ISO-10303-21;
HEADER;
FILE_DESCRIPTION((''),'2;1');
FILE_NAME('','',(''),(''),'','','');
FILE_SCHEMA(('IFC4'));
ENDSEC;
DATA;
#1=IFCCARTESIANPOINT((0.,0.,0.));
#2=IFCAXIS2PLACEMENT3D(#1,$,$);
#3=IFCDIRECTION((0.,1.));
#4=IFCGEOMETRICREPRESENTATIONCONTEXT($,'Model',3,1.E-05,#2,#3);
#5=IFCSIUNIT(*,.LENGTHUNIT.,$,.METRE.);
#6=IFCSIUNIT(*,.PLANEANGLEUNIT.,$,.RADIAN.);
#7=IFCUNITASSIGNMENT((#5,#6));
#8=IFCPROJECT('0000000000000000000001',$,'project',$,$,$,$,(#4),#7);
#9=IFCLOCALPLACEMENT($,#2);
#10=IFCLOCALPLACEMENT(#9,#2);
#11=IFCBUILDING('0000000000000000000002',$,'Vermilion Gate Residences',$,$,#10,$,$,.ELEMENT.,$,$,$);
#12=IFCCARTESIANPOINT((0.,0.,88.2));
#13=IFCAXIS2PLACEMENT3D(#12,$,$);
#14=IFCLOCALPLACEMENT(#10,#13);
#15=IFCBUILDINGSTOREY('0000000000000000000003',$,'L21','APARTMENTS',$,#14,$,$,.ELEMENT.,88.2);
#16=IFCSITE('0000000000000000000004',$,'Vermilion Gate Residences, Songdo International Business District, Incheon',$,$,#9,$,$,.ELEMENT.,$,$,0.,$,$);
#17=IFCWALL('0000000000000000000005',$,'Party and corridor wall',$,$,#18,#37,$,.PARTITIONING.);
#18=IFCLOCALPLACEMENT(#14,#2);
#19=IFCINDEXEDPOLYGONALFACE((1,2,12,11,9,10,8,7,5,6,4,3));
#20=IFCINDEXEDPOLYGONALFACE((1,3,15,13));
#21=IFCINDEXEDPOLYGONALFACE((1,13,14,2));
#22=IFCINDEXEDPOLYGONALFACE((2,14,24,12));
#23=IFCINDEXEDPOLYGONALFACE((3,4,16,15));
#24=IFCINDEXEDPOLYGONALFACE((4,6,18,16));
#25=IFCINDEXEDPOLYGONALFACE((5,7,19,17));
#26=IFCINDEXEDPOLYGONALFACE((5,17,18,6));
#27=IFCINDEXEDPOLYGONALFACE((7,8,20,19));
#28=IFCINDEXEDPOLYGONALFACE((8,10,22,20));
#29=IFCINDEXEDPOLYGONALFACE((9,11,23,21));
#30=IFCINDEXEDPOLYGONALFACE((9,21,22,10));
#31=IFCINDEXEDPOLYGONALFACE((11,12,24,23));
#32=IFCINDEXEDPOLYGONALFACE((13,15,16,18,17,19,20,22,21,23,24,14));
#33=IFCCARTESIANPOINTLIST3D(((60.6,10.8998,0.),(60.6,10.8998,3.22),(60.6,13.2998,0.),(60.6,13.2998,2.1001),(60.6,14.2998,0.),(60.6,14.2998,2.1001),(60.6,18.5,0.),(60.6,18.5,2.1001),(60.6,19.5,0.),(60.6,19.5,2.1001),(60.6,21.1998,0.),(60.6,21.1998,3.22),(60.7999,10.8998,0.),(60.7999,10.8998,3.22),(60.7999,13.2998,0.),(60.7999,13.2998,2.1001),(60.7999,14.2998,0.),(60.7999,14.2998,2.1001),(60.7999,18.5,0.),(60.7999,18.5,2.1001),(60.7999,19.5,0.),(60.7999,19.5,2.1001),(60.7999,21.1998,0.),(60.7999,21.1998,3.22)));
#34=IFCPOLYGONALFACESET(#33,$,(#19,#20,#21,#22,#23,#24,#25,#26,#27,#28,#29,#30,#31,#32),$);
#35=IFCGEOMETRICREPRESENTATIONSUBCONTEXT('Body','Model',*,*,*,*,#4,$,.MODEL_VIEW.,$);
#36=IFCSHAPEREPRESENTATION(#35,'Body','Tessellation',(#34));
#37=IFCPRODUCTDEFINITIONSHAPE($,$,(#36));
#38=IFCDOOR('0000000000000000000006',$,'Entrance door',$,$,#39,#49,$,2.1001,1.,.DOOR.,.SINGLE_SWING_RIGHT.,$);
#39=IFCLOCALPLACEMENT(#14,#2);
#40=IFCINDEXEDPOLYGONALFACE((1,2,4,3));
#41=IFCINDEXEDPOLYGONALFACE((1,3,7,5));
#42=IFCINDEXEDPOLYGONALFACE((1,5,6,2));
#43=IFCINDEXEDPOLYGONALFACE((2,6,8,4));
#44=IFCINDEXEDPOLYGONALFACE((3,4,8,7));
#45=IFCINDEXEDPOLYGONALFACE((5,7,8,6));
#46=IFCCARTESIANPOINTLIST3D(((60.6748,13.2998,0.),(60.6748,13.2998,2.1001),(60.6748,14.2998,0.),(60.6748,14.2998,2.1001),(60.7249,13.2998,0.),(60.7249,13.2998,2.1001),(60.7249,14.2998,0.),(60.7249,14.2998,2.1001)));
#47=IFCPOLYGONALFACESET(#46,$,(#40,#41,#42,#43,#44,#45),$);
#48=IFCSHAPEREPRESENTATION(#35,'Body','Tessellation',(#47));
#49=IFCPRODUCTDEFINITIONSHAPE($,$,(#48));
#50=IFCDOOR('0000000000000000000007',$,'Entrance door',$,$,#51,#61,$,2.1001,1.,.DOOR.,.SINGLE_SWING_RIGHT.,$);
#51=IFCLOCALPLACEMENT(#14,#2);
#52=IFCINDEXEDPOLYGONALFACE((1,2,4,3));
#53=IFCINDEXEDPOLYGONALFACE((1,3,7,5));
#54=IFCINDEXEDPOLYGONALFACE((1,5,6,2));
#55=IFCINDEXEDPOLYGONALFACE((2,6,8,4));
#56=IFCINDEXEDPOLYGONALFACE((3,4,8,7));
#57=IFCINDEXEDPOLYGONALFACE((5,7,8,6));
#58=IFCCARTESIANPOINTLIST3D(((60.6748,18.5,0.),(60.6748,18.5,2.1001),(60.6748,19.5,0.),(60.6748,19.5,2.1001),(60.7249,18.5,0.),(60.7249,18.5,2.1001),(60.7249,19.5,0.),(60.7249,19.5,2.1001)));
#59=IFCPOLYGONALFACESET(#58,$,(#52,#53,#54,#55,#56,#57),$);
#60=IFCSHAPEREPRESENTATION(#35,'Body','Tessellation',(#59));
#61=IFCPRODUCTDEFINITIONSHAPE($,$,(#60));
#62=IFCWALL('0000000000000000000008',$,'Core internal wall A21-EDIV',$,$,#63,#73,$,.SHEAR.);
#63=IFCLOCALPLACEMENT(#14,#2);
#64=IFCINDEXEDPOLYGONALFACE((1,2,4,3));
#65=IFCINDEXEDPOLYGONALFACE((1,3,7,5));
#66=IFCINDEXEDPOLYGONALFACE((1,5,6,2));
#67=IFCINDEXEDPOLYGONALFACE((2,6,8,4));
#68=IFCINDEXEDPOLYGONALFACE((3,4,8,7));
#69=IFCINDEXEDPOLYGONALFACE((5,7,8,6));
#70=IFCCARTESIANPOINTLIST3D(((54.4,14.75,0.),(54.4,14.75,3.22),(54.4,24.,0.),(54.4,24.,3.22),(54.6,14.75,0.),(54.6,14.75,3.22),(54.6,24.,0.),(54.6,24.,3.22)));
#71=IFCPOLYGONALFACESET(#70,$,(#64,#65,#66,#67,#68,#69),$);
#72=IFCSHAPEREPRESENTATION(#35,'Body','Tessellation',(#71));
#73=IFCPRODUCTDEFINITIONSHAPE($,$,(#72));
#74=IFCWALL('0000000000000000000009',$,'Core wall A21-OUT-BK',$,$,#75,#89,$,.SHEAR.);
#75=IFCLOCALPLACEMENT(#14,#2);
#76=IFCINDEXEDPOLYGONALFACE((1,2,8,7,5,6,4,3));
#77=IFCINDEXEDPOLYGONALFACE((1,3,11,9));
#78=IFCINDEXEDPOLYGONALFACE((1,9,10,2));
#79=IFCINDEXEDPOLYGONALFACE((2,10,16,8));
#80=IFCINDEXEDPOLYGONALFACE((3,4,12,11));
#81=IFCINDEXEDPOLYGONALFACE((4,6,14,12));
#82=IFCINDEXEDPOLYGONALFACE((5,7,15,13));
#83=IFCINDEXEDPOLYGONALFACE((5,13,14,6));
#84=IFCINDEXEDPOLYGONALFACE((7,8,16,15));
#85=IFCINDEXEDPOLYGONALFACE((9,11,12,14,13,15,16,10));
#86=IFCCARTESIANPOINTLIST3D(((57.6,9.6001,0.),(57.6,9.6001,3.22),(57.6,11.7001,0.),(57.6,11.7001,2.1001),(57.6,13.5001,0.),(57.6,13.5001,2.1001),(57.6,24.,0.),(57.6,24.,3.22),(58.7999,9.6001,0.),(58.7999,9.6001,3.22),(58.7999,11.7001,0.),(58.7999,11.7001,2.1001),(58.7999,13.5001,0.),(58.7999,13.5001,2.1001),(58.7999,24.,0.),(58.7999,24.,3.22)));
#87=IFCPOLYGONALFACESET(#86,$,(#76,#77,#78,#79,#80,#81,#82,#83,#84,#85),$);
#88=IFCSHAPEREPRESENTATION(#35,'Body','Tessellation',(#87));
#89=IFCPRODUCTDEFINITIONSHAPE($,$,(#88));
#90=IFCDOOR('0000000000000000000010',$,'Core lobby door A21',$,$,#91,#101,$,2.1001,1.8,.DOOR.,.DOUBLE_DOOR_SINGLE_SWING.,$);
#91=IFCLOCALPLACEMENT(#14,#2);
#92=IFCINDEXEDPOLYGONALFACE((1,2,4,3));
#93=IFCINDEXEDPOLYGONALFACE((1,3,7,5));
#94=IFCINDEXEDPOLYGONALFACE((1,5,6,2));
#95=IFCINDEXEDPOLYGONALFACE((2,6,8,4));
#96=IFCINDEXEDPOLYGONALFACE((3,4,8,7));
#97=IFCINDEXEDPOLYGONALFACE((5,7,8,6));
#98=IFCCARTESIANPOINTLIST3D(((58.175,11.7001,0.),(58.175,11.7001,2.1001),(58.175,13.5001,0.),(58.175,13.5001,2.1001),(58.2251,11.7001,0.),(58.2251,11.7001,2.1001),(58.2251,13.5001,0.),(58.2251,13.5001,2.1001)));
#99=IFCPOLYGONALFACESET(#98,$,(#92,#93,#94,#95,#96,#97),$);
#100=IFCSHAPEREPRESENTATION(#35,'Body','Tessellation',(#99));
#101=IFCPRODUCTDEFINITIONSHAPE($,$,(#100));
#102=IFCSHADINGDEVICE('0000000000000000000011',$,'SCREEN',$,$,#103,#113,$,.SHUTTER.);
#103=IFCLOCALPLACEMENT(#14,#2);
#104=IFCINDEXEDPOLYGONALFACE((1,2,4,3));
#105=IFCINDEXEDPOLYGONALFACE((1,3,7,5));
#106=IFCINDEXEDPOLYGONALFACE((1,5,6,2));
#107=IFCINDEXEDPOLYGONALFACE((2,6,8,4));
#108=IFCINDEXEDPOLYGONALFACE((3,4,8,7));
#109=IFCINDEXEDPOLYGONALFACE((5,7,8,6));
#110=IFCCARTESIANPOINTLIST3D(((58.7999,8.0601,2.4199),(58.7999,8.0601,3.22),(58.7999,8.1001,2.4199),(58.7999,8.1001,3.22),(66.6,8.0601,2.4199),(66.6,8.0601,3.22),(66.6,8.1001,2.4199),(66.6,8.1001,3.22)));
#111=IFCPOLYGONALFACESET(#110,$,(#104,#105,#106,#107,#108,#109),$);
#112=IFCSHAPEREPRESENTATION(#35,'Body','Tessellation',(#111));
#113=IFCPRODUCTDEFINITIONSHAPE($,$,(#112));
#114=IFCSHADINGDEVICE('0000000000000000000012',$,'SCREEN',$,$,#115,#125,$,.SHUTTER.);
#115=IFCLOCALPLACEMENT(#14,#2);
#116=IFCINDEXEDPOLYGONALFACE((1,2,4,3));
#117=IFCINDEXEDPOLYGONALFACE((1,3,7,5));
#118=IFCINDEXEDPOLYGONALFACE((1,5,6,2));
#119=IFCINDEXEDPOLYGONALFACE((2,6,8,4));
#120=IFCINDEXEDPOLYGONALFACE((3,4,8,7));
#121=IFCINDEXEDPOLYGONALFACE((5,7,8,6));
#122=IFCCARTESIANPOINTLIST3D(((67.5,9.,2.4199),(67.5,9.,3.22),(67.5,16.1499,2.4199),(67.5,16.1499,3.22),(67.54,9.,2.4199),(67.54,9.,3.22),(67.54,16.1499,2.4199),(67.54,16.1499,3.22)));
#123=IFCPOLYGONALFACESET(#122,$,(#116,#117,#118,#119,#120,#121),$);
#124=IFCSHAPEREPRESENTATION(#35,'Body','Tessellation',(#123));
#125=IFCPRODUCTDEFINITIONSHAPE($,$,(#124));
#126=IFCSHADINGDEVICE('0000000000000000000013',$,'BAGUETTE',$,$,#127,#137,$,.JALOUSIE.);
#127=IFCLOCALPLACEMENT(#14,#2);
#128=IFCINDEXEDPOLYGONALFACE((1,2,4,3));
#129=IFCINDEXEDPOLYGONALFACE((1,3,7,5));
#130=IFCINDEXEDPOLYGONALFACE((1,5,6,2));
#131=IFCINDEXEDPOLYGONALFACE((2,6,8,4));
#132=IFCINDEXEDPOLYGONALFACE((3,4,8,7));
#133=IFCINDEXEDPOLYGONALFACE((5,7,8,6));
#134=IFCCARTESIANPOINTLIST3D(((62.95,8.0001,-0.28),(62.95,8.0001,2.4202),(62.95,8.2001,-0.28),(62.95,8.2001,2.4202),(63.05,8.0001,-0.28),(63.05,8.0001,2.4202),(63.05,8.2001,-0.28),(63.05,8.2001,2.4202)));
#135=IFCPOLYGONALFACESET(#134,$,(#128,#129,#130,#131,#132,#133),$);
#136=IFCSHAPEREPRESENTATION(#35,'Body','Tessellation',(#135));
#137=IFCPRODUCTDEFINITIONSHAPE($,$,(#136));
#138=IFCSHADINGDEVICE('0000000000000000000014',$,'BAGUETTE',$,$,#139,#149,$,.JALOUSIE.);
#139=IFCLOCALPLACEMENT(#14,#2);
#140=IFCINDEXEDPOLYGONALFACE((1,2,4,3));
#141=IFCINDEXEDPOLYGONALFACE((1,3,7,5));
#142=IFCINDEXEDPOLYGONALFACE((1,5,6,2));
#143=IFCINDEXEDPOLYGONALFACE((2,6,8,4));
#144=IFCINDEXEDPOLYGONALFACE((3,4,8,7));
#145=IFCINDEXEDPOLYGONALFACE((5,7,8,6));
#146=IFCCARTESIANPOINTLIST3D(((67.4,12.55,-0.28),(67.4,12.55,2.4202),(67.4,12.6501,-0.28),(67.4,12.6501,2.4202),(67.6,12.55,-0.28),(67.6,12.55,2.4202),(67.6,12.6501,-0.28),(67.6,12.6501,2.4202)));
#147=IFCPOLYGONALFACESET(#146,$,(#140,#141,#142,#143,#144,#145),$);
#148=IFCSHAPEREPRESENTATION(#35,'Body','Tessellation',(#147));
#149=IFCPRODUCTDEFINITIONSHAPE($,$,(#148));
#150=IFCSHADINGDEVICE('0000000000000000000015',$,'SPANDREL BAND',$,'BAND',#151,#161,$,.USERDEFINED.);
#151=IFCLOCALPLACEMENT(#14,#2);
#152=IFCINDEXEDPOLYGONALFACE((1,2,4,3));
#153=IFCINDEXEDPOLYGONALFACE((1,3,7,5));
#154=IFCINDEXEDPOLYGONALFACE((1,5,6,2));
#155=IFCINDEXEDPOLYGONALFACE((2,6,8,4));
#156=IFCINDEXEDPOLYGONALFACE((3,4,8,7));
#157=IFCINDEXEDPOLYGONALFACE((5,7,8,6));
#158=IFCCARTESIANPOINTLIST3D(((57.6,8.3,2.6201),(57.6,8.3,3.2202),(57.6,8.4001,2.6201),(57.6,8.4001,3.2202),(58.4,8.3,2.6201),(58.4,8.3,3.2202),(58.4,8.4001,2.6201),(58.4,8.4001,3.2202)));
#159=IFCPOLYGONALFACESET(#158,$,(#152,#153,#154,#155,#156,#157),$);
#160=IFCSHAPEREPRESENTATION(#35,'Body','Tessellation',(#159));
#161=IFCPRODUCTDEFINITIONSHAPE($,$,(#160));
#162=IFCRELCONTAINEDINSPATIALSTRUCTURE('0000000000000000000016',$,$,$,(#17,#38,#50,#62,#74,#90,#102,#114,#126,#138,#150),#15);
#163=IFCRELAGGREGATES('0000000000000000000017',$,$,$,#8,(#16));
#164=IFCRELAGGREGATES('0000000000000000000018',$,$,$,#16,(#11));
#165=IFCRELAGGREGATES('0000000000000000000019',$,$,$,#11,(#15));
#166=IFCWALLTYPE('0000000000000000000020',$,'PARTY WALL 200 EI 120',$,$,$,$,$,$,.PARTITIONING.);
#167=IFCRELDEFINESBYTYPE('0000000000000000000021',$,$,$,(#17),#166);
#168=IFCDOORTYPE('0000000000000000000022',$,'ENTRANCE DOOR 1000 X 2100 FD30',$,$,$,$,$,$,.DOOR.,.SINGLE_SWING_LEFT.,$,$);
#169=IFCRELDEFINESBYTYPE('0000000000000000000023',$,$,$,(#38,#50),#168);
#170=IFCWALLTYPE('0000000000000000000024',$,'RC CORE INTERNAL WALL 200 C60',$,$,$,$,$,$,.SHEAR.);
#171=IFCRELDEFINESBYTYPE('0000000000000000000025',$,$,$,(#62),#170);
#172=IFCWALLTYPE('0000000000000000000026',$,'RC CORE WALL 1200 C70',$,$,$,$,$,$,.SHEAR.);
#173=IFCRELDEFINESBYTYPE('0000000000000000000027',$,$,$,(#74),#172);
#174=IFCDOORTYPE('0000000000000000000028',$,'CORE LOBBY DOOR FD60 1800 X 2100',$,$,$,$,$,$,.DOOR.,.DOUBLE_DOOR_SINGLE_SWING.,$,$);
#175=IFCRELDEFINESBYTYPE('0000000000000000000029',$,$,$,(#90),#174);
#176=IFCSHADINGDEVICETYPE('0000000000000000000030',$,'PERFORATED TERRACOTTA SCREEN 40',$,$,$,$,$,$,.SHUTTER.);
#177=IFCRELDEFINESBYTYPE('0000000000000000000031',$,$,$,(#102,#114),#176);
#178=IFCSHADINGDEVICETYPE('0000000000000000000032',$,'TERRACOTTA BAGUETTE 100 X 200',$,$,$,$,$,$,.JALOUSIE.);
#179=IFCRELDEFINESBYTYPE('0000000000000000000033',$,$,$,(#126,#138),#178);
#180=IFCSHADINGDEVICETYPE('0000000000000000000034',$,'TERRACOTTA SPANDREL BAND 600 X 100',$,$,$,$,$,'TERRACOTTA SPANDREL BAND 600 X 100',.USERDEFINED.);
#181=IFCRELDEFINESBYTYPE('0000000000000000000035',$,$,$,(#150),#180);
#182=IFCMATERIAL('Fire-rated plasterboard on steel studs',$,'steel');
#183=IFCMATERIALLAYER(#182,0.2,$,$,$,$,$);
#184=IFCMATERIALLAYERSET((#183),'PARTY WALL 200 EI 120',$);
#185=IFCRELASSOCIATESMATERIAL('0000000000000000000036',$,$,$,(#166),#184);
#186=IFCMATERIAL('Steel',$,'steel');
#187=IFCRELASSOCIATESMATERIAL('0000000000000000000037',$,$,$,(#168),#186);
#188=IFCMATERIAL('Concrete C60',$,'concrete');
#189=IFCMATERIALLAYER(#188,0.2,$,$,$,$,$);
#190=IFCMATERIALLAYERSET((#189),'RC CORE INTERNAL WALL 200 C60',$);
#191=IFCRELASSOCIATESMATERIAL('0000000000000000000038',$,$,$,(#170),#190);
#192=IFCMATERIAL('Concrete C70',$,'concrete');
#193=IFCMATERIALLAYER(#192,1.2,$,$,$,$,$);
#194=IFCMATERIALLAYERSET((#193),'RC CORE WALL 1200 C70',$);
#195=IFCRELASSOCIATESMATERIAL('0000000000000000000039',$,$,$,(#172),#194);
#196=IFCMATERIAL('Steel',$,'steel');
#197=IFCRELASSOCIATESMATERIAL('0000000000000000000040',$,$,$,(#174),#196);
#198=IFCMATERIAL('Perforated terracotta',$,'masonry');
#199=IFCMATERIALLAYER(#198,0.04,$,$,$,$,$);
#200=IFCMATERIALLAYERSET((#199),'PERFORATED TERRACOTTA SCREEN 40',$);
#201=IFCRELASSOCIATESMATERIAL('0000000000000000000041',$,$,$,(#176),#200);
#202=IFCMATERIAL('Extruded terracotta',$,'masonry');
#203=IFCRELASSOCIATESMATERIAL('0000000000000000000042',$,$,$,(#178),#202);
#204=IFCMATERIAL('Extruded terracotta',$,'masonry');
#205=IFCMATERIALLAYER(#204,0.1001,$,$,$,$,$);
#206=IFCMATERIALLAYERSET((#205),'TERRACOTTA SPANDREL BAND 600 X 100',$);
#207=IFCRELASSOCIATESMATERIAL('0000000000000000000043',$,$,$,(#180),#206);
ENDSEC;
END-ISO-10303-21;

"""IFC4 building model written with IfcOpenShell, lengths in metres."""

from ifc_helpers import new_model, si_unit, direction, frame, frame_2d, origin, origin_2d, place, context, subcontext, project, spatial, rectangle, extrude, material, layer, layer_set, material_profile, profile_set, type_object, element, fill, save


model = new_model("IFC4")

# Units and contexts
model_context = context("Model", 3, precision=1e-05, world=origin(), true_north=direction((0.0, 1.0)))
body_context = subcontext(model_context, "Body", "Model", "MODEL_VIEW")
ifc_project = project(units=[si_unit("LENGTHUNIT", "METRE"), si_unit("PLANEANGLEUNIT", "RADIAN")], contexts=[model_context])

# Site, building, storey
site_placement = place(None, origin())
site = spatial("IfcSite", under=ifc_project, at=site_placement, Name="Vermilion Gate Residences, Songdo International Business District, Incheon", CompositionType="ELEMENT", RefElevation=0.0)
building_placement = place(site_placement, origin())
building = spatial("IfcBuilding", under=site, at=building_placement, Name="Vermilion Gate Residences", CompositionType="ELEMENT")
storey_placement = place(building_placement, frame((0.0, 0.0, 88.2)))
storey = spatial("IfcBuildingStorey", under=building, at=storey_placement, Name="L21", Description="APARTMENTS", CompositionType="ELEMENT", Elevation=88.2)

# Wall, openings, doors
ifc_material_1 = material(Name="Fire-rated plasterboard on steel studs", Category="steel")
ifc_layer_1 = layer(ifc_material_1, 0.2)
ifc_layer_set_1 = layer_set([ifc_layer_1], Name="PARTY WALL 200 EI 120")
wall_type_1 = type_object("IfcWallType", Name="PARTY WALL 200 EI 120", PredefinedType="PARTITIONING", material=ifc_layer_set_1)
wall_1_placement = place(storey_placement, frame((60.7, 10.8999, 0.0), z_axis=(0.0, 0.0, 1.0), x_axis=(0.0, 1.0, 0.0)))
wall_1 = element("IfcWall", 1, at=wall_1_placement, inside=storey, type_object=wall_type_1, Name="Party and corridor wall", PredefinedType="PARTITIONING", context=body_context, shape_type="SweptSolid", body=[
    extrude(rectangle(XDim=10.3, YDim=0.2, at=frame_2d((5.1499, 0.0))), origin(), (0.0, 0.0, 1.0), 3.22),
])
opening_1_placement = place(wall_1_placement, frame((2.3999, 0.0, 0.0)))
opening_1 = element("IfcOpeningElement", 2, at=opening_1_placement, cuts=wall_1, PredefinedType="OPENING", context=body_context, shape_type="SweptSolid", body=[
    extrude(rectangle(XDim=1.0, YDim=2.1001, at=frame_2d((0.5, 1.05))), frame((0.0, 0.1099, 0.0), z_axis=(0.0, -1.0, 0.0), x_axis=(1.0, 0.0, 0.0)), (0.0, 0.0, 1.0), 0.22),
])
opening_2_placement = place(wall_1_placement, frame((7.6001, 0.0, 0.0)))
opening_2 = element("IfcOpeningElement", 3, at=opening_2_placement, cuts=wall_1, PredefinedType="OPENING", context=body_context, shape_type="SweptSolid", body=[
    extrude(rectangle(XDim=1.0, YDim=2.1001, at=frame_2d((0.5, 1.05))), frame((0.0, 0.1099, 0.0), z_axis=(0.0, -1.0, 0.0), x_axis=(1.0, 0.0, 0.0)), (0.0, 0.0, 1.0), 0.22),
])
ifc_material_2 = material(Name="Steel", Category="steel")
door_type_1 = type_object("IfcDoorType", Name="ENTRANCE DOOR 1000 X 2100 FD30", OperationType="SINGLE_SWING_LEFT", PredefinedType="DOOR", material=ifc_material_2)
door_1_placement = place(opening_1_placement, frame((1.0, 0.0, 0.0), z_axis=(0.0, 0.0, 1.0), x_axis=(-1.0, 0.0, 0.0)))
door_1 = element("IfcDoor", 4, at=door_1_placement, inside=storey, type_object=door_type_1, Name="Entrance door", OperationType="SINGLE_SWING_RIGHT", OverallHeight=2.1001, OverallWidth=1.0, PredefinedType="DOOR", context=body_context, shape_type="SweptSolid", body=[
    extrude(rectangle(XDim=1.0, YDim=2.1001, at=frame_2d((0.5, 1.05))), frame((0.0, 0.0249, 0.0), z_axis=(0.0, -1.0, 0.0), x_axis=(1.0, 0.0, 0.0)), (0.0, 0.0, 1.0), 0.05),
])
fill(opening_1, door_1)
door_2_placement = place(opening_2_placement, frame((1.0, 0.0, 0.0), z_axis=(0.0, 0.0, 1.0), x_axis=(-1.0, 0.0, 0.0)))
door_2 = element("IfcDoor", 5, at=door_2_placement, inside=storey, type_object=door_type_1, Name="Entrance door", OperationType="SINGLE_SWING_RIGHT", OverallHeight=2.1001, OverallWidth=1.0, PredefinedType="DOOR", context=body_context, shape_type="SweptSolid", body=[
    extrude(rectangle(XDim=1.0, YDim=2.1001, at=frame_2d((0.5, 1.05))), frame((0.0, 0.0249, 0.0), z_axis=(0.0, -1.0, 0.0), x_axis=(1.0, 0.0, 0.0)), (0.0, 0.0, 1.0), 0.05),
])
fill(opening_2, door_2)

# Wall
ifc_material_3 = material(Name="Concrete C60", Category="concrete")
ifc_layer_2 = layer(ifc_material_3, 0.2)
ifc_layer_set_2 = layer_set([ifc_layer_2], Name="RC CORE INTERNAL WALL 200 C60")
wall_type_2 = type_object("IfcWallType", Name="RC CORE INTERNAL WALL 200 C60", PredefinedType="SHEAR", material=ifc_layer_set_2)
wall_2_placement = place(storey_placement, frame((54.5, 14.75, 0.0), z_axis=(0.0, 0.0, 1.0), x_axis=(0.0, 1.0, 0.0)))
element("IfcWall", 6, at=wall_2_placement, inside=storey, type_object=wall_type_2, Name="Core internal wall A21-EDIV", PredefinedType="SHEAR", context=body_context, shape_type="SweptSolid", body=[
    extrude(rectangle(XDim=9.25, YDim=0.2, at=frame_2d((4.625, 0.0))), origin(), (0.0, 0.0, 1.0), 3.22),
])

# Wall, opening, door
ifc_material_4 = material(Name="Concrete C70", Category="concrete")
ifc_layer_3 = layer(ifc_material_4, 1.2)
ifc_layer_set_3 = layer_set([ifc_layer_3], Name="RC CORE WALL 1200 C70")
wall_type_3 = type_object("IfcWallType", Name="RC CORE WALL 1200 C70", PredefinedType="SHEAR", material=ifc_layer_set_3)
wall_3_placement = place(storey_placement, frame((58.2, 9.6001, 0.0), z_axis=(0.0, 0.0, 1.0), x_axis=(0.0, 1.0, 0.0)))
wall_3 = element("IfcWall", 7, at=wall_3_placement, inside=storey, type_object=wall_type_3, Name="Core wall A21-OUT-BK", PredefinedType="SHEAR", context=body_context, shape_type="SweptSolid", body=[
    extrude(rectangle(XDim=14.3999, YDim=1.2, at=frame_2d((7.2, 0.0))), origin(), (0.0, 0.0, 1.0), 3.22),
])
opening_3_placement = place(wall_3_placement, frame((2.1001, 0.0, 0.0)))
opening_3 = element("IfcOpeningElement", 8, at=opening_3_placement, cuts=wall_3, PredefinedType="OPENING", context=body_context, shape_type="SweptSolid", body=[
    extrude(rectangle(XDim=1.8, YDim=2.1001, at=frame_2d((0.8999, 1.05))), frame((0.0, 0.6099, 0.0), z_axis=(0.0, -1.0, 0.0), x_axis=(1.0, 0.0, 0.0)), (0.0, 0.0, 1.0), 1.22),
])
ifc_material_5 = material(Name="Steel", Category="steel")
door_type_2 = type_object("IfcDoorType", Name="CORE LOBBY DOOR FD60 1800 X 2100", OperationType="DOUBLE_DOOR_SINGLE_SWING", PredefinedType="DOOR", material=ifc_material_5)
door_3_placement = place(opening_3_placement, origin())
door_3 = element("IfcDoor", 9, at=door_3_placement, inside=storey, type_object=door_type_2, Name="Core lobby door A21", OperationType="DOUBLE_DOOR_SINGLE_SWING", OverallHeight=2.1001, OverallWidth=1.8, PredefinedType="DOOR", context=body_context, shape_type="SweptSolid", body=[
    extrude(rectangle(XDim=1.8, YDim=2.1001, at=frame_2d((0.8999, 1.05))), frame((0.0, 0.0249, 0.0), z_axis=(0.0, -1.0, 0.0), x_axis=(1.0, 0.0, 0.0)), (0.0, 0.0, 1.0), 0.05),
])
fill(opening_3, door_3)

# Shading devices
ifc_material_6 = material(Name="Perforated terracotta", Category="masonry")
ifc_layer_4 = layer(ifc_material_6, 0.04)
ifc_layer_set_4 = layer_set([ifc_layer_4], Name="PERFORATED TERRACOTTA SCREEN 40")
shading_device_type_1 = type_object("IfcShadingDeviceType", Name="PERFORATED TERRACOTTA SCREEN 40", PredefinedType="SHUTTER", material=ifc_layer_set_4)
shading_device_1_placement = place(storey_placement, frame((62.7, 8.0801, 2.4199), z_axis=(0.0, 0.0, 1.0), x_axis=(1.0, 0.0, 0.0)))
element("IfcShadingDevice", 10, at=shading_device_1_placement, inside=storey, type_object=shading_device_type_1, Name="SCREEN", PredefinedType="SHUTTER", context=body_context, shape_type="SweptSolid", body=[
    extrude(rectangle(XDim=7.8, YDim=0.04, at=origin_2d()), origin(), (0.0, 0.0, 1.0), 0.8),
])
shading_device_2_placement = place(storey_placement, frame((67.52, 12.575, 2.4199), z_axis=(0.0, 0.0, 1.0), x_axis=(0.0, 1.0, 0.0)))
element("IfcShadingDevice", 11, at=shading_device_2_placement, inside=storey, type_object=shading_device_type_1, Name="SCREEN", PredefinedType="SHUTTER", context=body_context, shape_type="SweptSolid", body=[
    extrude(rectangle(XDim=7.1499, YDim=0.04, at=origin_2d()), origin(), (0.0, 0.0, 1.0), 0.8),
])
ifc_material_7 = material(Name="Extruded terracotta", Category="masonry")
ifc_material_profile_1 = material_profile(ifc_material_7, rectangle(XDim=0.2, YDim=0.1001, at=origin_2d()), Name="BAGUETTE 100 X 200")
ifc_profile_set_1 = profile_set([ifc_material_profile_1], Name="Extruded terracotta")
shading_device_type_2 = type_object("IfcShadingDeviceType", Name="TERRACOTTA BAGUETTE 100 X 200", PredefinedType="JALOUSIE", material=ifc_profile_set_1)
for number, where, z_axis, x_axis, name in (
    (12, (63.0, 8.1001, -0.28), (0.0, 0.0, 1.0), (0.0, 1.0, 0.0), "BAGUETTE"),
    (13, (67.5, 12.6001, -0.28), (0.0, 0.0, 1.0), (-1.0, 0.0, 0.0), "BAGUETTE"),
):
    element("IfcShadingDevice", number, at=place(storey_placement, frame(where, z_axis=z_axis, x_axis=x_axis)), inside=storey, type_object=shading_device_type_2, Name=name, PredefinedType="JALOUSIE", context=body_context, shape_type="SweptSolid", body=[
        extrude(rectangle(XDim=0.2, YDim=0.1001, at=origin_2d()), origin(), (0.0, 0.0, 1.0), 2.7002),
    ])
ifc_material_8 = material(Name="Extruded terracotta", Category="masonry")
ifc_layer_5 = layer(ifc_material_8, 0.1001)
ifc_layer_set_5 = layer_set([ifc_layer_5], Name="TERRACOTTA SPANDREL BAND 600 X 100")
shading_device_type_3 = type_object("IfcShadingDeviceType", Name="TERRACOTTA SPANDREL BAND 600 X 100", ElementType="TERRACOTTA SPANDREL BAND 600 X 100", PredefinedType="USERDEFINED", material=ifc_layer_set_5)
shading_device_3_placement = place(storey_placement, frame((58.0, 8.3501, 2.6201), z_axis=(0.0, 0.0, 1.0), x_axis=(1.0, 0.0, 0.0)))
element("IfcShadingDevice", 14, at=shading_device_3_placement, inside=storey, type_object=shading_device_type_3, Name="SPANDREL BAND", ObjectType="BAND", PredefinedType="USERDEFINED", context=body_context, shape_type="SweptSolid", body=[
    extrude(rectangle(XDim=0.8, YDim=0.1001, at=origin_2d()), origin(), (0.0, 0.0, 1.0), 0.6001),
])

save(model, "model.ifc")
